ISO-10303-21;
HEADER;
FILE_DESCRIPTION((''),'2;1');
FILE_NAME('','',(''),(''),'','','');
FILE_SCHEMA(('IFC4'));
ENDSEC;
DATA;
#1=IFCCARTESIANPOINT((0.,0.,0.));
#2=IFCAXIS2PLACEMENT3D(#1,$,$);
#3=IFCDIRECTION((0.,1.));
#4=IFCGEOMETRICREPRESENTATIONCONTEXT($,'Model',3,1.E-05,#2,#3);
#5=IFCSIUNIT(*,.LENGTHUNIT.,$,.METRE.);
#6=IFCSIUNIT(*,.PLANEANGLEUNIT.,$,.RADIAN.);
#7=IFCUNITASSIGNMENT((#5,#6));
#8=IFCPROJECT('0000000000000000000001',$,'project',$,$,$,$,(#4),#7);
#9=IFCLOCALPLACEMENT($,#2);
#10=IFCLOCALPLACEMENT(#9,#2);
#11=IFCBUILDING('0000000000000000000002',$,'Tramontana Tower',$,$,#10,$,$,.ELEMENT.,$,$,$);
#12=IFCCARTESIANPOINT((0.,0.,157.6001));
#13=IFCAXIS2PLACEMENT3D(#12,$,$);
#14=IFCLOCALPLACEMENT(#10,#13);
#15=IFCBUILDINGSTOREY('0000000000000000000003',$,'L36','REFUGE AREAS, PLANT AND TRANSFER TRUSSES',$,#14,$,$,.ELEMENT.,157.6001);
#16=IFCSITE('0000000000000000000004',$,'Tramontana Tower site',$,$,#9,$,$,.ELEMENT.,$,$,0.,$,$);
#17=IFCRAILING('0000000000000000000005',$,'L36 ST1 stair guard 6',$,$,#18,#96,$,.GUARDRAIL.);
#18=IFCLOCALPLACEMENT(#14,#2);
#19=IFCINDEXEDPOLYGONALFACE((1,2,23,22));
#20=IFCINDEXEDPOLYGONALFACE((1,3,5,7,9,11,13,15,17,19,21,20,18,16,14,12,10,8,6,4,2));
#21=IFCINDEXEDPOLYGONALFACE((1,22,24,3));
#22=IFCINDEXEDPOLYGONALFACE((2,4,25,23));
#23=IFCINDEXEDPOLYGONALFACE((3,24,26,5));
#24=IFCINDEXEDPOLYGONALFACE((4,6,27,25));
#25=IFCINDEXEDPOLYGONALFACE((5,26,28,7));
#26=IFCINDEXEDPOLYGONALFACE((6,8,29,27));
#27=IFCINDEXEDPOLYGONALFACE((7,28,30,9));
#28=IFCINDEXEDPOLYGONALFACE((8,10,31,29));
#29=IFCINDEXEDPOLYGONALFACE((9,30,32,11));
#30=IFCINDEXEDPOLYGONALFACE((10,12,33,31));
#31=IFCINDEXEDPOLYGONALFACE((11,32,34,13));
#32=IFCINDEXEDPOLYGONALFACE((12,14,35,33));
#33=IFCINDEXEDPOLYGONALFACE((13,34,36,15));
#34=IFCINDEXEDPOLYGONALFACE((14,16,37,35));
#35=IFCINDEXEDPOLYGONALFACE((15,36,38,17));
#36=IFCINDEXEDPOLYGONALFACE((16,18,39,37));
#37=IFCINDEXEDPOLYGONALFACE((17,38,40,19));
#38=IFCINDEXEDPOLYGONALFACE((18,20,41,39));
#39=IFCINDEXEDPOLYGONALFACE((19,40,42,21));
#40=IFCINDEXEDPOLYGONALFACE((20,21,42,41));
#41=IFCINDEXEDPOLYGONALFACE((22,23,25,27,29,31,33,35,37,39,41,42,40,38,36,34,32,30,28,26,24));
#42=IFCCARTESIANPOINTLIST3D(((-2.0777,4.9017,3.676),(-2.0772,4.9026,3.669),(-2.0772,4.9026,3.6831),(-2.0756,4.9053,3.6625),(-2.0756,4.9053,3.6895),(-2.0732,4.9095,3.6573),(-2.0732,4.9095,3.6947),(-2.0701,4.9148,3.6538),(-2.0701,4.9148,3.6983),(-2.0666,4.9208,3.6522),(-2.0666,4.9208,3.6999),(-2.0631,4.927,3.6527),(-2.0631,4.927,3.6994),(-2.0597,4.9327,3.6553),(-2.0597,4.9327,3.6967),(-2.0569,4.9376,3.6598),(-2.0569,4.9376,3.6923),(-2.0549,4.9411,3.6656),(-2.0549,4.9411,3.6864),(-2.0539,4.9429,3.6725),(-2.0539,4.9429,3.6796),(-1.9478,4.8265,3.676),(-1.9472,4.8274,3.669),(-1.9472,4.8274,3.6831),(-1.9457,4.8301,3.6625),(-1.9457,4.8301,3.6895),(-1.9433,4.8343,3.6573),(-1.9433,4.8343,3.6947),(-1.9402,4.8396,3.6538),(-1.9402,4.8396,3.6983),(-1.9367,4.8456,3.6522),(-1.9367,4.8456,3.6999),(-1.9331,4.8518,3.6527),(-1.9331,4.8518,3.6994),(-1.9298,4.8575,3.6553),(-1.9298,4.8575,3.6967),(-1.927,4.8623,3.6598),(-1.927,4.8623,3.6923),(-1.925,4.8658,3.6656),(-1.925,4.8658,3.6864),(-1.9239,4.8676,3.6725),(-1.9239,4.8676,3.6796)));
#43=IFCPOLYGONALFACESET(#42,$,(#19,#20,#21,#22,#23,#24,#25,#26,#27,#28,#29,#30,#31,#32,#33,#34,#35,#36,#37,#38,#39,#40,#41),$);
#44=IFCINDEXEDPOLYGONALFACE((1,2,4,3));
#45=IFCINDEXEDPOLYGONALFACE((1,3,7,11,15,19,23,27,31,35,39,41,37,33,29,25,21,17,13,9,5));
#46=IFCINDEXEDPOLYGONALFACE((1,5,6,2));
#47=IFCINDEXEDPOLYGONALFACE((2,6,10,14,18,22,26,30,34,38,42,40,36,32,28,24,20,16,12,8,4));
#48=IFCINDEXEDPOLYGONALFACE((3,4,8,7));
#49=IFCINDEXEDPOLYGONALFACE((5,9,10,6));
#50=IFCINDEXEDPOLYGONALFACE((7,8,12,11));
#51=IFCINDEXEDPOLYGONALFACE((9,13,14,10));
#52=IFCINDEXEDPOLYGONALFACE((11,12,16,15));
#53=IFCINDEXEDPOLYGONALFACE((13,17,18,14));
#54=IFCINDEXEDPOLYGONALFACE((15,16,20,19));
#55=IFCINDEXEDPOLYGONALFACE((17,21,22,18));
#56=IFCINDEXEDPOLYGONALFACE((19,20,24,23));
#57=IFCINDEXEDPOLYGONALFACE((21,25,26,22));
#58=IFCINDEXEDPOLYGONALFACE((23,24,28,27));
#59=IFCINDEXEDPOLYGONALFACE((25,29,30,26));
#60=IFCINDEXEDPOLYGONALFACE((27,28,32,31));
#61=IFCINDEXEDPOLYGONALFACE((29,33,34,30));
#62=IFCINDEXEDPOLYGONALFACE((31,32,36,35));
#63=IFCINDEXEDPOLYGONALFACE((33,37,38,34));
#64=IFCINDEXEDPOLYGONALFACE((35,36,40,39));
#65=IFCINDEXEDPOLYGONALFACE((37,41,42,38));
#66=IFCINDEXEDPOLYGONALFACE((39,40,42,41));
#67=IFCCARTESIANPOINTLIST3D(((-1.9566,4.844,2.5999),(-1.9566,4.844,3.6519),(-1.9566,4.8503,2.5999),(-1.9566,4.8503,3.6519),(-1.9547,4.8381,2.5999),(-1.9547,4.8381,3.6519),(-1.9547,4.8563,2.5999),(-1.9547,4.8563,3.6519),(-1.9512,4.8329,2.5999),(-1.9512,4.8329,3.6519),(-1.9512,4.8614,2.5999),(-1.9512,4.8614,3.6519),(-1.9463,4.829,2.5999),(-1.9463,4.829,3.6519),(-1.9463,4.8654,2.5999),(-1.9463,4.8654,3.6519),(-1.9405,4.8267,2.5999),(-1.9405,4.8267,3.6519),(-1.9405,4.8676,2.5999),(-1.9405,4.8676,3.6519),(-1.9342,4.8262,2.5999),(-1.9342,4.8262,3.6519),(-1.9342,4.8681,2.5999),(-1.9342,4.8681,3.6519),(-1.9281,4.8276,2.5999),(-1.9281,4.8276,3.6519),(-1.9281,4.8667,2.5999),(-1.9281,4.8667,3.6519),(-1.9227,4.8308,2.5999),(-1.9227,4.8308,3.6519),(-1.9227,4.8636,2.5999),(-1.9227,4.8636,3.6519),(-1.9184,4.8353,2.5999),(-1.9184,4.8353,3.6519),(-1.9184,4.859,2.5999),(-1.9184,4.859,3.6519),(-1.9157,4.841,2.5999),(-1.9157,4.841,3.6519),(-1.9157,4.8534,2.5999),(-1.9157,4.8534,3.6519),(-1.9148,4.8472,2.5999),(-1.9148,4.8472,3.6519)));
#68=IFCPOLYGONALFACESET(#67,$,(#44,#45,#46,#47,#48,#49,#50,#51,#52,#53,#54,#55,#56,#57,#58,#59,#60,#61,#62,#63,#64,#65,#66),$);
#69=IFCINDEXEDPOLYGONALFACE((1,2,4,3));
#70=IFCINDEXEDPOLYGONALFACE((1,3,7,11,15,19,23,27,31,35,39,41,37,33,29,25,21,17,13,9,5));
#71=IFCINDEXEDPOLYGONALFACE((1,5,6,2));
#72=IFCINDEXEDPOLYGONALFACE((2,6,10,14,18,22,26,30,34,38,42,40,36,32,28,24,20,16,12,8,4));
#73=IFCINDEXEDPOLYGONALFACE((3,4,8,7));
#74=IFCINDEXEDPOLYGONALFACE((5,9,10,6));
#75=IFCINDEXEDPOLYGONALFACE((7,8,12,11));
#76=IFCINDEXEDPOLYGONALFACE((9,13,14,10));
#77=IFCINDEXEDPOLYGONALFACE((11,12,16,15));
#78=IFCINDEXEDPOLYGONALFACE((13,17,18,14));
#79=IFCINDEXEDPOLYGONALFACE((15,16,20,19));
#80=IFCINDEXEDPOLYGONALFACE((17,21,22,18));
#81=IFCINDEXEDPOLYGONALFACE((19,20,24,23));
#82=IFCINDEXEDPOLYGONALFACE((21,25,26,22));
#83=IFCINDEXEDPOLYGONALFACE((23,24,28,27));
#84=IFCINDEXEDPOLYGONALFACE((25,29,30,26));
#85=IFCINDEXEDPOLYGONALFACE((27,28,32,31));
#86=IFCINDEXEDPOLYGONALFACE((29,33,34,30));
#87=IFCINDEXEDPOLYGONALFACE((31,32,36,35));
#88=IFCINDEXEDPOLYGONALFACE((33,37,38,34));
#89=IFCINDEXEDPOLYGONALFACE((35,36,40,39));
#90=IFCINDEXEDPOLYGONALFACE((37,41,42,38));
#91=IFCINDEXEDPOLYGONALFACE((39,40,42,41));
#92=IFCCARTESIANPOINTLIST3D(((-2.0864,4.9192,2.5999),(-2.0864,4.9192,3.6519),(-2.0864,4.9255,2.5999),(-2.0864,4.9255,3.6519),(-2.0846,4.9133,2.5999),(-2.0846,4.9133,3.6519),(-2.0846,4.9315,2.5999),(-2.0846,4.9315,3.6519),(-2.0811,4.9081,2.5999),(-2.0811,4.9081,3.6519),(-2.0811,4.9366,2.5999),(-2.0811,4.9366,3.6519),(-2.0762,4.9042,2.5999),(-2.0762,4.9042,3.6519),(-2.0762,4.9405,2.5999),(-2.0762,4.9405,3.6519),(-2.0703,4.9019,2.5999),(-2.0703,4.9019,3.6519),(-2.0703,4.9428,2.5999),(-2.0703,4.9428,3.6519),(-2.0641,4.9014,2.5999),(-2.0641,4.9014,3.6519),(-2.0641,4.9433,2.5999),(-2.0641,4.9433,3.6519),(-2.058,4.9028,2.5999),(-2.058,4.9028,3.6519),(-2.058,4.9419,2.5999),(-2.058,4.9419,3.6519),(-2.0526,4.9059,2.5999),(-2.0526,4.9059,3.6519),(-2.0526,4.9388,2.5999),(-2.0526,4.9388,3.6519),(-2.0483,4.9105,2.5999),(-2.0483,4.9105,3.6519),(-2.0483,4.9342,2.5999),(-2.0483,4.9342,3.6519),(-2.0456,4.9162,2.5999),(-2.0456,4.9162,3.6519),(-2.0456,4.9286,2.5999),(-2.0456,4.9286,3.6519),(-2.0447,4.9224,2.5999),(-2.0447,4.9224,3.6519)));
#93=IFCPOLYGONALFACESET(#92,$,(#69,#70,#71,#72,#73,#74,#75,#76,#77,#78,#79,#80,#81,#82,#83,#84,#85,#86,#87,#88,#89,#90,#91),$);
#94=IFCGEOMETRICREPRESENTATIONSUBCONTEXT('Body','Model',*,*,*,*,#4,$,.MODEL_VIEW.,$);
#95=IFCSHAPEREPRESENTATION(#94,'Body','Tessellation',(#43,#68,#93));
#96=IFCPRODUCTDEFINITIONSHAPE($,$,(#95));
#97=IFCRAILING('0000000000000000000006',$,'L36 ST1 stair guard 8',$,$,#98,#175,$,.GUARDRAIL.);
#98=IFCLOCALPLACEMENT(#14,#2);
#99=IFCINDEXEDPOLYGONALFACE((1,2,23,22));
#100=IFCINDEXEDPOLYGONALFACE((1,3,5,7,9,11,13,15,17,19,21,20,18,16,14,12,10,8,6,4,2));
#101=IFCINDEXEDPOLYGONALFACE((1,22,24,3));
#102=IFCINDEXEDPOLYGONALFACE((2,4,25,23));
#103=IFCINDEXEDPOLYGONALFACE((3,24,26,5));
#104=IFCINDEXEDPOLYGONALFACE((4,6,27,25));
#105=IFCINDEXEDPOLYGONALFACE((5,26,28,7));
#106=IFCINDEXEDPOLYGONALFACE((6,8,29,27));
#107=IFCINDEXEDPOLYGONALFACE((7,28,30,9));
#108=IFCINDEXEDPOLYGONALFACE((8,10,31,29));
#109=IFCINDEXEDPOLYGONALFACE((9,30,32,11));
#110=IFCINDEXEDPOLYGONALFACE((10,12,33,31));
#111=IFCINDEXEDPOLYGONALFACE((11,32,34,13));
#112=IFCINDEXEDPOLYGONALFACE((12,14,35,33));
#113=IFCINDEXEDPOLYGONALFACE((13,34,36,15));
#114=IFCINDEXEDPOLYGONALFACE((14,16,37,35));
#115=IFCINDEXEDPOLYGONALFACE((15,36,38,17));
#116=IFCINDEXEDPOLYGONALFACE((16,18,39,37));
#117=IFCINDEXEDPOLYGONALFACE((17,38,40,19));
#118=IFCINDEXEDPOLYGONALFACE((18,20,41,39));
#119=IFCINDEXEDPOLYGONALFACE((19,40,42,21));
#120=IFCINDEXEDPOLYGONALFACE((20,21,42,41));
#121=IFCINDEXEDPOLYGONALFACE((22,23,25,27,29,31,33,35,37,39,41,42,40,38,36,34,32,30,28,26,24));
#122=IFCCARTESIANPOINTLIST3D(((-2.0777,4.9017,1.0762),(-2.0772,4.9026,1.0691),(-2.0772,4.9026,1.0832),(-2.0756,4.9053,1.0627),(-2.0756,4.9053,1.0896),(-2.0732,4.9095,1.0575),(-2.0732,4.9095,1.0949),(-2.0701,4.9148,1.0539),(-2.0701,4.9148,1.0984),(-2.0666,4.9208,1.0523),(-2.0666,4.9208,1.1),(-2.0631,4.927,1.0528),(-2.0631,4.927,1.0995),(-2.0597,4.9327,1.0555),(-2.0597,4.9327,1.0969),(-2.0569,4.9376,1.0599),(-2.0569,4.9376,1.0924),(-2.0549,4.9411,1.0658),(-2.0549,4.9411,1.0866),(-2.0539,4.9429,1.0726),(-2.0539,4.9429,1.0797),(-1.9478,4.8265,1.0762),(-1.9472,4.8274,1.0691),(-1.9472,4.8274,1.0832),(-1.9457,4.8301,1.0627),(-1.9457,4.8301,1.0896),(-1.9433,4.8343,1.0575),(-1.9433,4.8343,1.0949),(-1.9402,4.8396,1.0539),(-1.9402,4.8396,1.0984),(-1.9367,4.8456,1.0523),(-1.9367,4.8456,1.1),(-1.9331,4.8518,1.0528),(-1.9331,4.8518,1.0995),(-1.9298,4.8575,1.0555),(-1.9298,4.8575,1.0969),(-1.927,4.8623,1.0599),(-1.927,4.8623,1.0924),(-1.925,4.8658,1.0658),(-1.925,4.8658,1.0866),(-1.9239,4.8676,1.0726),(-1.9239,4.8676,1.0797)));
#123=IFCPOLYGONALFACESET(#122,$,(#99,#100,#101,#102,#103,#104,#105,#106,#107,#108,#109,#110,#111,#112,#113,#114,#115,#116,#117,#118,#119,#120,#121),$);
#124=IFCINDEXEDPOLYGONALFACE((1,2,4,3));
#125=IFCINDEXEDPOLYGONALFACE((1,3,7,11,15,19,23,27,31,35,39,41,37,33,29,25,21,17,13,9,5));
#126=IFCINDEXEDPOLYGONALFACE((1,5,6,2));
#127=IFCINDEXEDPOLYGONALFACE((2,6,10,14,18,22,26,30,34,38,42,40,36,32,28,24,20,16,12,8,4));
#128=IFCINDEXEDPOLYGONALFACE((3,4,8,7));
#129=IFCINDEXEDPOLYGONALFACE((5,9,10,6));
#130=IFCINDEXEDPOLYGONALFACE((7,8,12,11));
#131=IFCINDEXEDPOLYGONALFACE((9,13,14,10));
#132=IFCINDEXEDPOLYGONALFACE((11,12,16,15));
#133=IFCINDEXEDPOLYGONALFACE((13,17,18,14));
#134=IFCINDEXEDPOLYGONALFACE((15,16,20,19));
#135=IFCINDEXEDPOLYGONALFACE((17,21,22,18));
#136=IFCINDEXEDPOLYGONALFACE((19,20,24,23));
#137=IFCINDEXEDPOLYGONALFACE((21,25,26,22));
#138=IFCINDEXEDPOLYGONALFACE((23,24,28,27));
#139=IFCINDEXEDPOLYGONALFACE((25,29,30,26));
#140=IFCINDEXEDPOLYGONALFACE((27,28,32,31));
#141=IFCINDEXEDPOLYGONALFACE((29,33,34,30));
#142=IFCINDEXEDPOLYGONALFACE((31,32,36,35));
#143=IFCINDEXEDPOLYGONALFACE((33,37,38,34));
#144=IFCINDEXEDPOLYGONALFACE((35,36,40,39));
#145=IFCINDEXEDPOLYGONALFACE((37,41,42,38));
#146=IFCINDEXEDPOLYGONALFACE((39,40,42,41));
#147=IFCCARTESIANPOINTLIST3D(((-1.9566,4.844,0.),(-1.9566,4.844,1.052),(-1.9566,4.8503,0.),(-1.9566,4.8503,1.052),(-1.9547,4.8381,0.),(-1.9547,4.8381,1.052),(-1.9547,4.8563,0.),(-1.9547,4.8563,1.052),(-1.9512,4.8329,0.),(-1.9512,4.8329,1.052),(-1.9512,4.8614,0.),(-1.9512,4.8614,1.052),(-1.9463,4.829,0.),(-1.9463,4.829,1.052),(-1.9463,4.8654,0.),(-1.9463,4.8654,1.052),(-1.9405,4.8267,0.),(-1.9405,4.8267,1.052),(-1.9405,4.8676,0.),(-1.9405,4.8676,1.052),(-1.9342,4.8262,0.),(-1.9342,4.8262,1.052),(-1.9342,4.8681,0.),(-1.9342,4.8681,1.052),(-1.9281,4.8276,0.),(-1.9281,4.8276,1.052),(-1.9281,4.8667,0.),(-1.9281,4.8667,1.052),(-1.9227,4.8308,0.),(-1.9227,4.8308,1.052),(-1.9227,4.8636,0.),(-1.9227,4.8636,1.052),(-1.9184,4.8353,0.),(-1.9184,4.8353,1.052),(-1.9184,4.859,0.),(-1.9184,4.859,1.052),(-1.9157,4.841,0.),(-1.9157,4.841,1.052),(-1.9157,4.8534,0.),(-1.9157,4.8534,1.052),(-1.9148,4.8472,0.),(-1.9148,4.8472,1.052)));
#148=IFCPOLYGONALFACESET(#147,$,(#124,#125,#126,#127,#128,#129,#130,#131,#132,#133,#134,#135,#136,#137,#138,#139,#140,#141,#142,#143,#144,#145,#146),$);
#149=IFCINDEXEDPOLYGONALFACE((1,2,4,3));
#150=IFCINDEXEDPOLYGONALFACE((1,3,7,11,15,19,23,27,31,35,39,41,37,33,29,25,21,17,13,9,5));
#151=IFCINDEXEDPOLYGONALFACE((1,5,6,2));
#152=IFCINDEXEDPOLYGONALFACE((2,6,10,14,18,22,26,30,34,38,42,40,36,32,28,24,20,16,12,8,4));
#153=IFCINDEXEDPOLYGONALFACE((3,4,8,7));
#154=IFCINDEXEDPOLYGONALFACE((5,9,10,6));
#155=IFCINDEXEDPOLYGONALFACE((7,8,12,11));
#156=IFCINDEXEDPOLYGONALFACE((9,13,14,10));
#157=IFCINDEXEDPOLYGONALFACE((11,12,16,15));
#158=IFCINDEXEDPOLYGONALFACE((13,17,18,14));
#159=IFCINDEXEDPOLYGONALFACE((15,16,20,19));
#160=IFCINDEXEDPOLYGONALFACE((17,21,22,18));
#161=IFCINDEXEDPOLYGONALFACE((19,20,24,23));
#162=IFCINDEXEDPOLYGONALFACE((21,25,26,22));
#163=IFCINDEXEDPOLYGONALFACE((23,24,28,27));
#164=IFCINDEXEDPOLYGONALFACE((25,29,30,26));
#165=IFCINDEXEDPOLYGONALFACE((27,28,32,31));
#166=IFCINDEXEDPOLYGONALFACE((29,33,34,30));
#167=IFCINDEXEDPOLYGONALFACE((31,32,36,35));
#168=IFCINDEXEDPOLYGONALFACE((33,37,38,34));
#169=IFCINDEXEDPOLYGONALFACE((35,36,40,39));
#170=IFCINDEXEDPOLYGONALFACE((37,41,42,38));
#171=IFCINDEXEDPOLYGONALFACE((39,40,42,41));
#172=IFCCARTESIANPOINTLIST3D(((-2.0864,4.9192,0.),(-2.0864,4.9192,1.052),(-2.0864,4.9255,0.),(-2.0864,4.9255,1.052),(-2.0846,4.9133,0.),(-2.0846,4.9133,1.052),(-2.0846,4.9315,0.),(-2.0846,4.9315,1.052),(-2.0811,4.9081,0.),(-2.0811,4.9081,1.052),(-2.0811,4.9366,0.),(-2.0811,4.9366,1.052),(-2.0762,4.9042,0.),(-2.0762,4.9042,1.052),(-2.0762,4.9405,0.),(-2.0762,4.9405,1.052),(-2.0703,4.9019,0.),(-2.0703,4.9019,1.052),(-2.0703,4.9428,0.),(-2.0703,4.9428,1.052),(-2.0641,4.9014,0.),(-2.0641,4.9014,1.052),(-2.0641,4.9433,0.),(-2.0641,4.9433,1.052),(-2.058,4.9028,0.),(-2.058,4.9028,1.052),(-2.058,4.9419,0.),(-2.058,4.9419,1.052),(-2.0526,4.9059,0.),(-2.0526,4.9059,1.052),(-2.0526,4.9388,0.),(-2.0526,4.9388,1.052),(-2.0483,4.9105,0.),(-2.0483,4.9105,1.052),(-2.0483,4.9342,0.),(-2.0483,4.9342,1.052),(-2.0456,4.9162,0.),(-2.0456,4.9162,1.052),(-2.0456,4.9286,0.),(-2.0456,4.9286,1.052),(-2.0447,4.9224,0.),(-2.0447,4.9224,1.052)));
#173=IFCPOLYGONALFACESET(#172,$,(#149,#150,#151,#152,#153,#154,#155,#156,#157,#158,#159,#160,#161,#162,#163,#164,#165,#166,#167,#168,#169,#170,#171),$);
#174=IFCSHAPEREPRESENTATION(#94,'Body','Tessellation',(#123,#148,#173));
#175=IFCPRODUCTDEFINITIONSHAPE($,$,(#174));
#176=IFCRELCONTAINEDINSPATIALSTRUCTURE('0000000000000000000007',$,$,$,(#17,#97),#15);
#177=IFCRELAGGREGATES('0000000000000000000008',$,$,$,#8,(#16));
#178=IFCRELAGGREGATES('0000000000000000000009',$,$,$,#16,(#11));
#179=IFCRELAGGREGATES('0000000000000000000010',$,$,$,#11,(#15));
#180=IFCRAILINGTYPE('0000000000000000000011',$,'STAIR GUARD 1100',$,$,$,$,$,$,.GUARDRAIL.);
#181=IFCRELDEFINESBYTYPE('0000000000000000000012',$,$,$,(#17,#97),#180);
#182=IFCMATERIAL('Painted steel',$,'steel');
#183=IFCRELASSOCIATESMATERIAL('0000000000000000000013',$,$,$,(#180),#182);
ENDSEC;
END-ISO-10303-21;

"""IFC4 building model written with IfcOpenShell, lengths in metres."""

from ifc_helpers import new_model, si_unit, direction, frame, origin, origin_2d, place, context, subcontext, project, spatial, circle, extrude, material, type_object, element, save


model = new_model("IFC4")

# Units and contexts
model_context = context("Model", 3, precision=1e-05, world=origin(), true_north=direction((0.0, 1.0)))
body_context = subcontext(model_context, "Body", "Model", "MODEL_VIEW")
ifc_project = project(units=[si_unit("LENGTHUNIT", "METRE"), si_unit("PLANEANGLEUNIT", "RADIAN")], contexts=[model_context])

# Site, building, storey
site_placement = place(None, origin())
site = spatial("IfcSite", under=ifc_project, at=site_placement, Name="Tramontana Tower site", CompositionType="ELEMENT", RefElevation=0.0)
building_placement = place(site_placement, origin())
building = spatial("IfcBuilding", under=site, at=building_placement, Name="Tramontana Tower", CompositionType="ELEMENT")
storey_placement = place(building_placement, frame((0.0, 0.0, 157.6001)))
storey = spatial("IfcBuildingStorey", under=building, at=storey_placement, Name="L36", Description="REFUGE AREAS, PLANT AND TRANSFER TRUSSES", CompositionType="ELEMENT", Elevation=157.6001)

# Railings
ifc_material_1 = material(Name="Painted steel", Category="steel")
railing_type_1 = type_object("IfcRailingType", Name="STAIR GUARD 1100", PredefinedType="GUARDRAIL", material=ifc_material_1)
for number, where, name in (
    (1, (-1.9358, 4.8472, 2.5999), "L36 ST1 stair guard 6"),
    (2, (-1.9358, 4.8472, 0.0), "L36 ST1 stair guard 8"),
):
    element("IfcRailing", number, at=place(storey_placement, frame(where)), inside=storey, type_object=railing_type_1, Name=name, PredefinedType="GUARDRAIL", context=body_context, shape_type="SweptSolid", body=[
        extrude(circle(Radius=0.0239, at=origin_2d()), frame((0.0, 0.0, 1.0762), z_axis=(-0.865426, 0.501036, 0.0), x_axis=(-0.501036, -0.865426, 0.0)), (0.0, 0.0, 1.0), 0.1501),
        extrude(circle(Radius=0.021, at=origin_2d()), origin(), (0.0, 0.0, 1.0), 1.052),
        extrude(circle(Radius=0.021, at=origin_2d()), frame((-0.1299, 0.0752, 0.0)), (0.0, 0.0, 1.0), 1.052),
    ])

save(model, "model.ifc")
